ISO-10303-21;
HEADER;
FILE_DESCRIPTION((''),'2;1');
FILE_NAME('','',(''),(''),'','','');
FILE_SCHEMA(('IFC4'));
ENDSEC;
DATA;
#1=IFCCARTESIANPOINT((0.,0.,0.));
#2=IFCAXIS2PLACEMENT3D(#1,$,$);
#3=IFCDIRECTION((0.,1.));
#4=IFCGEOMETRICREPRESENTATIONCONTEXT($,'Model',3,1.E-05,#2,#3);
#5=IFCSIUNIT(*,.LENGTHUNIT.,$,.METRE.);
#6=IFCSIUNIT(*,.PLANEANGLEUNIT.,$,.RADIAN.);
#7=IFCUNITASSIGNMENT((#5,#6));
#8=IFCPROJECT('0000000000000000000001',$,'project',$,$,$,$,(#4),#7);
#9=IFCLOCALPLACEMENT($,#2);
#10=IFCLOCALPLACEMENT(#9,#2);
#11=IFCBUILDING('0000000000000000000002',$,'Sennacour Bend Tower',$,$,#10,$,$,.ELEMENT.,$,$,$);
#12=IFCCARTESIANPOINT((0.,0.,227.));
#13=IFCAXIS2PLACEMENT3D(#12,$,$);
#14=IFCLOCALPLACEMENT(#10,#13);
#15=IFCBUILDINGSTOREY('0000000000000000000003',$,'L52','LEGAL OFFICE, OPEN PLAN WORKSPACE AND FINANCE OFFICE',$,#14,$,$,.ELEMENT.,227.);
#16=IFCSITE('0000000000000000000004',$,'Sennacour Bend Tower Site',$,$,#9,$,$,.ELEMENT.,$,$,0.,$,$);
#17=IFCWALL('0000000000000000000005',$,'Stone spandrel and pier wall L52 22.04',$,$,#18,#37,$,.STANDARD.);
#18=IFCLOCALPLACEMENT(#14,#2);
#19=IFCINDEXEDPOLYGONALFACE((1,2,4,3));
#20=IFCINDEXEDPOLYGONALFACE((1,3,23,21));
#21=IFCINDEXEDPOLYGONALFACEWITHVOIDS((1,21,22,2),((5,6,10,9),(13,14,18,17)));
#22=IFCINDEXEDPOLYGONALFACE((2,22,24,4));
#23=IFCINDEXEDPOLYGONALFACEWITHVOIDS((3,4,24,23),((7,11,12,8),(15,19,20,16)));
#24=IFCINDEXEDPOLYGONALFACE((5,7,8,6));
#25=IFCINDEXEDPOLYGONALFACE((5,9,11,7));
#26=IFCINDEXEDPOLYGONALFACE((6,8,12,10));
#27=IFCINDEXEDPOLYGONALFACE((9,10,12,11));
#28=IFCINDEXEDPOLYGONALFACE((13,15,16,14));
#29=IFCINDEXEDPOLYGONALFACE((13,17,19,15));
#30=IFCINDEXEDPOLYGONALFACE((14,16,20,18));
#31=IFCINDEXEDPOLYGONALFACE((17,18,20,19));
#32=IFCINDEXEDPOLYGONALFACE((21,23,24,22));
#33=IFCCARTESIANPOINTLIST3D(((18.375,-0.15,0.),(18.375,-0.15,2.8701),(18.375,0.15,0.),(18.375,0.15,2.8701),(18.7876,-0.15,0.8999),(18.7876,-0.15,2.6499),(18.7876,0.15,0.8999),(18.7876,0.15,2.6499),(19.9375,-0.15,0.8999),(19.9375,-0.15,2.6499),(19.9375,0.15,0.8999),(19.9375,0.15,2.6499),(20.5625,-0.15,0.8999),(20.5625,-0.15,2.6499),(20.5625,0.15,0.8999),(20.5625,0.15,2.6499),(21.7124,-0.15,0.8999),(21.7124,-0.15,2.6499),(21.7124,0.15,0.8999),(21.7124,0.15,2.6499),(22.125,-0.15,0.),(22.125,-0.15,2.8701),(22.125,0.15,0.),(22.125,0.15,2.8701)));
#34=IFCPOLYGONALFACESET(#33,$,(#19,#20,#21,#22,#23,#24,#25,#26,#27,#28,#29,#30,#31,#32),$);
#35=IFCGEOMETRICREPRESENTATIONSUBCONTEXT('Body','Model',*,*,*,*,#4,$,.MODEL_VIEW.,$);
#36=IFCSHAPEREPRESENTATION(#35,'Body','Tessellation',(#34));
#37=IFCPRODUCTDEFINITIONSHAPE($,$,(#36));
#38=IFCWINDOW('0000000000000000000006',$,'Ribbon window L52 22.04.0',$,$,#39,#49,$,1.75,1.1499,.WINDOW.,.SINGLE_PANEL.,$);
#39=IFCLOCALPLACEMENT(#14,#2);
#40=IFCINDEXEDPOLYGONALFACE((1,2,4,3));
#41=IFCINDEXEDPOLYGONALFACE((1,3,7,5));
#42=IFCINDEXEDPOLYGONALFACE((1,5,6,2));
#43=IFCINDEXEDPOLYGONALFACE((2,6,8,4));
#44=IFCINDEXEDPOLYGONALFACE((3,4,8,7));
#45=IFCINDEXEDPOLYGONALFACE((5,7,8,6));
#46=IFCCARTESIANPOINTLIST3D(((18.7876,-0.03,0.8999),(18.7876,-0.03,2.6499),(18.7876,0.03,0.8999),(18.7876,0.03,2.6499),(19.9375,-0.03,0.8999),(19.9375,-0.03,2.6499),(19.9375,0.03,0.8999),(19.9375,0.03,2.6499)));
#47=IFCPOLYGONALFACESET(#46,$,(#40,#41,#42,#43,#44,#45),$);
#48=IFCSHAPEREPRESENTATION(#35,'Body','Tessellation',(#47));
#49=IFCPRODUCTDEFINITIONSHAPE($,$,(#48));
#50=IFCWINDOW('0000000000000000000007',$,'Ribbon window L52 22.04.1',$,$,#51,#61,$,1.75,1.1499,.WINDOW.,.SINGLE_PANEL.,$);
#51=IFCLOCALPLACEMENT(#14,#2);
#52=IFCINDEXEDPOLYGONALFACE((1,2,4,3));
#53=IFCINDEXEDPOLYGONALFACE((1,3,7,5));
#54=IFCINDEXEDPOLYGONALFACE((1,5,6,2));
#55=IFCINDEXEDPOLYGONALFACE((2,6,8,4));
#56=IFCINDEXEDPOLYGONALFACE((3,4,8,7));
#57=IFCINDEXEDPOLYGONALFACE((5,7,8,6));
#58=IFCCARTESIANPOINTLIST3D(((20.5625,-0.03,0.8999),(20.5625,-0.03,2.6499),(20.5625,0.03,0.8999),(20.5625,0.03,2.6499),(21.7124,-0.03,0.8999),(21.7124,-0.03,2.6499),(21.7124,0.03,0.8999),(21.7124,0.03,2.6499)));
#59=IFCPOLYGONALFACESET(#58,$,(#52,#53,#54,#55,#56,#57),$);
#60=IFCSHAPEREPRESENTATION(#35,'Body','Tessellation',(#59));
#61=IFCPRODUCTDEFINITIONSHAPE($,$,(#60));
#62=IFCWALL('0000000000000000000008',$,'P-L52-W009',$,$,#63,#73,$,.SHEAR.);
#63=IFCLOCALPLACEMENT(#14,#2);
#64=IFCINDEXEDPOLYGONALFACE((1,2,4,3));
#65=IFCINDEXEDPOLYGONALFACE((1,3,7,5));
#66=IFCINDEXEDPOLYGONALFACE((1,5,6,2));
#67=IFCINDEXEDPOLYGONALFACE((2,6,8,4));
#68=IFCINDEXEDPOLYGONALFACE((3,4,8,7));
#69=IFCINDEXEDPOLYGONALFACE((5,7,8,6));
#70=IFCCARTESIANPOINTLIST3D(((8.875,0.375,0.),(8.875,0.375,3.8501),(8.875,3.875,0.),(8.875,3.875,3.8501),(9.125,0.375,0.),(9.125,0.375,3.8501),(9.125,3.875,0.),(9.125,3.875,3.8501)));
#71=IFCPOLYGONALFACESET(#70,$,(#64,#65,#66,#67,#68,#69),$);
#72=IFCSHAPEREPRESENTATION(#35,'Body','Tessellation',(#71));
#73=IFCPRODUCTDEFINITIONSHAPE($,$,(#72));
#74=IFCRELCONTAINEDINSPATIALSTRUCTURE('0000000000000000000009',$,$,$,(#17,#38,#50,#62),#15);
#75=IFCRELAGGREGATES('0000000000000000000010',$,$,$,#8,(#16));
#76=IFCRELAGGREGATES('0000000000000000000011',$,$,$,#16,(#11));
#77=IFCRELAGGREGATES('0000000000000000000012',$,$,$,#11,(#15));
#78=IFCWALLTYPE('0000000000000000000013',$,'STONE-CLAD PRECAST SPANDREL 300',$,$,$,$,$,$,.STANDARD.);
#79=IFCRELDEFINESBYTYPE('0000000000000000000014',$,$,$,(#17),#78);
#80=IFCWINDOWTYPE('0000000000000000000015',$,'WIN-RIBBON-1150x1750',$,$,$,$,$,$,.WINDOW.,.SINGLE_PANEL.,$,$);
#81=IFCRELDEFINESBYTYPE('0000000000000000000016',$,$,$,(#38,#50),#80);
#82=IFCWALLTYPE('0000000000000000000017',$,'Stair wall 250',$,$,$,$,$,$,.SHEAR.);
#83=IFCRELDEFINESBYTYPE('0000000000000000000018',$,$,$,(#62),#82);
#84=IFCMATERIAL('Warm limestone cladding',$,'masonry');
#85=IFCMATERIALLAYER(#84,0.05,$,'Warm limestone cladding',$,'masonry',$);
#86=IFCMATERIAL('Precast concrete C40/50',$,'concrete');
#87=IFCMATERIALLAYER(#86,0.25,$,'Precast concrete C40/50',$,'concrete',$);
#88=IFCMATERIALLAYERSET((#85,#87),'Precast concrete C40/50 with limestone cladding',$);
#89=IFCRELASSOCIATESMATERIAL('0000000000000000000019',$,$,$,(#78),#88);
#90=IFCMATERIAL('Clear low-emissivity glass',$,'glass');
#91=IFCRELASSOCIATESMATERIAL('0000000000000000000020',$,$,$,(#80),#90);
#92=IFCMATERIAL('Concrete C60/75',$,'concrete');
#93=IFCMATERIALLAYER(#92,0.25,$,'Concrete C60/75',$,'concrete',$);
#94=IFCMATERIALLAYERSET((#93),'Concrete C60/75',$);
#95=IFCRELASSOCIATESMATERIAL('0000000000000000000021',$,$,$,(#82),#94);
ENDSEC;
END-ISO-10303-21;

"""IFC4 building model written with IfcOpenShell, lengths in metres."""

from ifc_helpers import new_model, si_unit, direction, frame, frame_2d, origin, place, context, subcontext, project, spatial, rectangle, extrude, material, layer, layer_set, type_object, element, fill, save


model = new_model("IFC4")

# Units and contexts
model_context = context("Model", 3, precision=1e-05, world=origin(), true_north=direction((0.0, 1.0)))
body_context = subcontext(model_context, "Body", "Model", "MODEL_VIEW")
ifc_project = project(units=[si_unit("LENGTHUNIT", "METRE"), si_unit("PLANEANGLEUNIT", "RADIAN")], contexts=[model_context])

# Site, building, storey
site_placement = place(None, origin())
site = spatial("IfcSite", under=ifc_project, at=site_placement, Name="Sennacour Bend Tower Site", CompositionType="ELEMENT", RefElevation=0.0)
building_placement = place(site_placement, origin())
building = spatial("IfcBuilding", under=site, at=building_placement, Name="Sennacour Bend Tower", CompositionType="ELEMENT")
storey_placement = place(building_placement, frame((0.0, 0.0, 227.0)))
storey = spatial("IfcBuildingStorey", under=building, at=storey_placement, Name="L52", Description="LEGAL OFFICE, OPEN PLAN WORKSPACE AND FINANCE OFFICE", CompositionType="ELEMENT", Elevation=227.0)

# Wall, openings, windows
ifc_material_1 = material(Name="Warm limestone cladding", Category="masonry")
ifc_layer_1 = layer(ifc_material_1, 0.05, Name="Warm limestone cladding", Category="masonry")
ifc_material_2 = material(Name="Precast concrete C40/50", Category="concrete")
ifc_layer_2 = layer(ifc_material_2, 0.25, Name="Precast concrete C40/50", Category="concrete")
ifc_layer_set_1 = layer_set([ifc_layer_1, ifc_layer_2], Name="Precast concrete C40/50 with limestone cladding")
wall_type_1 = type_object("IfcWallType", Name="STONE-CLAD PRECAST SPANDREL 300", PredefinedType="STANDARD", material=ifc_layer_set_1)
ifc_material_3 = material(Name="Clear low-emissivity glass", Category="glass")
window_type_1 = type_object("IfcWindowType", Name="WIN-RIBBON-1150x1750", PartitioningType="SINGLE_PANEL", PredefinedType="WINDOW", material=ifc_material_3)
wall_1_placement = place(storey_placement, frame((18.375, 0.0, 0.0), z_axis=(0.0, 0.0, 1.0), x_axis=(1.0, 0.0, 0.0)))
wall_1 = element("IfcWall", 1, at=wall_1_placement, inside=storey, type_object=wall_type_1, Name="Stone spandrel and pier wall L52 22.04", PredefinedType="STANDARD", context=body_context, shape_type="SweptSolid", body=[
    extrude(rectangle(XDim=3.75, YDim=0.3, at=frame_2d((1.875, 0.0))), origin(), (0.0, 0.0, 1.0), 2.8701),
])
opening_1_placement = place(wall_1_placement, frame((0.4126, 0.0, 0.8999)))
opening_1 = element("IfcOpeningElement", 2, at=opening_1_placement, cuts=wall_1, PredefinedType="OPENING", context=body_context, shape_type="SweptSolid", body=[
    extrude(rectangle(XDim=1.1499, YDim=1.75, at=frame_2d((0.575, 0.875))), frame((0.0, 0.1602, 0.0), z_axis=(0.0, -1.0, 0.0), x_axis=(1.0, 0.0, 0.0)), (0.0, 0.0, 1.0), 0.3201),
])
opening_2_placement = place(wall_1_placement, frame((2.1875, 0.0, 0.8999)))
opening_2 = element("IfcOpeningElement", 3, at=opening_2_placement, cuts=wall_1, PredefinedType="OPENING", context=body_context, shape_type="SweptSolid", body=[
    extrude(rectangle(XDim=1.1499, YDim=1.75, at=frame_2d((0.575, 0.875))), frame((0.0, 0.1602, 0.0), z_axis=(0.0, -1.0, 0.0), x_axis=(1.0, 0.0, 0.0)), (0.0, 0.0, 1.0), 0.3201),
])
window_1_placement = place(opening_1_placement, origin())
window_1 = element("IfcWindow", 4, at=window_1_placement, inside=storey, type_object=window_type_1, Name="Ribbon window L52 22.04.0", OverallHeight=1.75, OverallWidth=1.1499, PartitioningType="SINGLE_PANEL", PredefinedType="WINDOW", context=body_context, shape_type="SweptSolid", body=[
    extrude(rectangle(XDim=1.1499, YDim=1.75, at=frame_2d((0.575, 0.875))), frame((0.0, 0.03, 0.0), z_axis=(0.0, -1.0, 0.0), x_axis=(1.0, 0.0, 0.0)), (0.0, 0.0, 1.0), 0.0601),
])
fill(opening_1, window_1)
window_2_placement = place(opening_2_placement, origin())
window_2 = element("IfcWindow", 5, at=window_2_placement, inside=storey, type_object=window_type_1, Name="Ribbon window L52 22.04.1", OverallHeight=1.75, OverallWidth=1.1499, PartitioningType="SINGLE_PANEL", PredefinedType="WINDOW", context=body_context, shape_type="SweptSolid", body=[
    extrude(rectangle(XDim=1.1499, YDim=1.75, at=frame_2d((0.575, 0.875))), frame((0.0, 0.03, 0.0), z_axis=(0.0, -1.0, 0.0), x_axis=(1.0, 0.0, 0.0)), (0.0, 0.0, 1.0), 0.0601),
])
fill(opening_2, window_2)

# Wall
ifc_material_4 = material(Name="Concrete C60/75", Category="concrete")
ifc_layer_3 = layer(ifc_material_4, 0.25, Name="Concrete C60/75", Category="concrete")
ifc_layer_set_2 = layer_set([ifc_layer_3], Name="Concrete C60/75")
wall_type_2 = type_object("IfcWallType", Name="Stair wall 250", PredefinedType="SHEAR", material=ifc_layer_set_2)
wall_2_placement = place(storey_placement, frame((9.0, 0.375, 0.0), z_axis=(0.0, 0.0, 1.0), x_axis=(0.0, 1.0, 0.0)))
element("IfcWall", 6, at=wall_2_placement, inside=storey, type_object=wall_type_2, Name="P-L52-W009", PredefinedType="SHEAR", context=body_context, shape_type="SweptSolid", body=[
    extrude(rectangle(XDim=3.5, YDim=0.25, at=frame_2d((1.75, 0.0))), origin(), (0.0, 0.0, 1.0), 3.8501),
])

save(model, "model.ifc")
